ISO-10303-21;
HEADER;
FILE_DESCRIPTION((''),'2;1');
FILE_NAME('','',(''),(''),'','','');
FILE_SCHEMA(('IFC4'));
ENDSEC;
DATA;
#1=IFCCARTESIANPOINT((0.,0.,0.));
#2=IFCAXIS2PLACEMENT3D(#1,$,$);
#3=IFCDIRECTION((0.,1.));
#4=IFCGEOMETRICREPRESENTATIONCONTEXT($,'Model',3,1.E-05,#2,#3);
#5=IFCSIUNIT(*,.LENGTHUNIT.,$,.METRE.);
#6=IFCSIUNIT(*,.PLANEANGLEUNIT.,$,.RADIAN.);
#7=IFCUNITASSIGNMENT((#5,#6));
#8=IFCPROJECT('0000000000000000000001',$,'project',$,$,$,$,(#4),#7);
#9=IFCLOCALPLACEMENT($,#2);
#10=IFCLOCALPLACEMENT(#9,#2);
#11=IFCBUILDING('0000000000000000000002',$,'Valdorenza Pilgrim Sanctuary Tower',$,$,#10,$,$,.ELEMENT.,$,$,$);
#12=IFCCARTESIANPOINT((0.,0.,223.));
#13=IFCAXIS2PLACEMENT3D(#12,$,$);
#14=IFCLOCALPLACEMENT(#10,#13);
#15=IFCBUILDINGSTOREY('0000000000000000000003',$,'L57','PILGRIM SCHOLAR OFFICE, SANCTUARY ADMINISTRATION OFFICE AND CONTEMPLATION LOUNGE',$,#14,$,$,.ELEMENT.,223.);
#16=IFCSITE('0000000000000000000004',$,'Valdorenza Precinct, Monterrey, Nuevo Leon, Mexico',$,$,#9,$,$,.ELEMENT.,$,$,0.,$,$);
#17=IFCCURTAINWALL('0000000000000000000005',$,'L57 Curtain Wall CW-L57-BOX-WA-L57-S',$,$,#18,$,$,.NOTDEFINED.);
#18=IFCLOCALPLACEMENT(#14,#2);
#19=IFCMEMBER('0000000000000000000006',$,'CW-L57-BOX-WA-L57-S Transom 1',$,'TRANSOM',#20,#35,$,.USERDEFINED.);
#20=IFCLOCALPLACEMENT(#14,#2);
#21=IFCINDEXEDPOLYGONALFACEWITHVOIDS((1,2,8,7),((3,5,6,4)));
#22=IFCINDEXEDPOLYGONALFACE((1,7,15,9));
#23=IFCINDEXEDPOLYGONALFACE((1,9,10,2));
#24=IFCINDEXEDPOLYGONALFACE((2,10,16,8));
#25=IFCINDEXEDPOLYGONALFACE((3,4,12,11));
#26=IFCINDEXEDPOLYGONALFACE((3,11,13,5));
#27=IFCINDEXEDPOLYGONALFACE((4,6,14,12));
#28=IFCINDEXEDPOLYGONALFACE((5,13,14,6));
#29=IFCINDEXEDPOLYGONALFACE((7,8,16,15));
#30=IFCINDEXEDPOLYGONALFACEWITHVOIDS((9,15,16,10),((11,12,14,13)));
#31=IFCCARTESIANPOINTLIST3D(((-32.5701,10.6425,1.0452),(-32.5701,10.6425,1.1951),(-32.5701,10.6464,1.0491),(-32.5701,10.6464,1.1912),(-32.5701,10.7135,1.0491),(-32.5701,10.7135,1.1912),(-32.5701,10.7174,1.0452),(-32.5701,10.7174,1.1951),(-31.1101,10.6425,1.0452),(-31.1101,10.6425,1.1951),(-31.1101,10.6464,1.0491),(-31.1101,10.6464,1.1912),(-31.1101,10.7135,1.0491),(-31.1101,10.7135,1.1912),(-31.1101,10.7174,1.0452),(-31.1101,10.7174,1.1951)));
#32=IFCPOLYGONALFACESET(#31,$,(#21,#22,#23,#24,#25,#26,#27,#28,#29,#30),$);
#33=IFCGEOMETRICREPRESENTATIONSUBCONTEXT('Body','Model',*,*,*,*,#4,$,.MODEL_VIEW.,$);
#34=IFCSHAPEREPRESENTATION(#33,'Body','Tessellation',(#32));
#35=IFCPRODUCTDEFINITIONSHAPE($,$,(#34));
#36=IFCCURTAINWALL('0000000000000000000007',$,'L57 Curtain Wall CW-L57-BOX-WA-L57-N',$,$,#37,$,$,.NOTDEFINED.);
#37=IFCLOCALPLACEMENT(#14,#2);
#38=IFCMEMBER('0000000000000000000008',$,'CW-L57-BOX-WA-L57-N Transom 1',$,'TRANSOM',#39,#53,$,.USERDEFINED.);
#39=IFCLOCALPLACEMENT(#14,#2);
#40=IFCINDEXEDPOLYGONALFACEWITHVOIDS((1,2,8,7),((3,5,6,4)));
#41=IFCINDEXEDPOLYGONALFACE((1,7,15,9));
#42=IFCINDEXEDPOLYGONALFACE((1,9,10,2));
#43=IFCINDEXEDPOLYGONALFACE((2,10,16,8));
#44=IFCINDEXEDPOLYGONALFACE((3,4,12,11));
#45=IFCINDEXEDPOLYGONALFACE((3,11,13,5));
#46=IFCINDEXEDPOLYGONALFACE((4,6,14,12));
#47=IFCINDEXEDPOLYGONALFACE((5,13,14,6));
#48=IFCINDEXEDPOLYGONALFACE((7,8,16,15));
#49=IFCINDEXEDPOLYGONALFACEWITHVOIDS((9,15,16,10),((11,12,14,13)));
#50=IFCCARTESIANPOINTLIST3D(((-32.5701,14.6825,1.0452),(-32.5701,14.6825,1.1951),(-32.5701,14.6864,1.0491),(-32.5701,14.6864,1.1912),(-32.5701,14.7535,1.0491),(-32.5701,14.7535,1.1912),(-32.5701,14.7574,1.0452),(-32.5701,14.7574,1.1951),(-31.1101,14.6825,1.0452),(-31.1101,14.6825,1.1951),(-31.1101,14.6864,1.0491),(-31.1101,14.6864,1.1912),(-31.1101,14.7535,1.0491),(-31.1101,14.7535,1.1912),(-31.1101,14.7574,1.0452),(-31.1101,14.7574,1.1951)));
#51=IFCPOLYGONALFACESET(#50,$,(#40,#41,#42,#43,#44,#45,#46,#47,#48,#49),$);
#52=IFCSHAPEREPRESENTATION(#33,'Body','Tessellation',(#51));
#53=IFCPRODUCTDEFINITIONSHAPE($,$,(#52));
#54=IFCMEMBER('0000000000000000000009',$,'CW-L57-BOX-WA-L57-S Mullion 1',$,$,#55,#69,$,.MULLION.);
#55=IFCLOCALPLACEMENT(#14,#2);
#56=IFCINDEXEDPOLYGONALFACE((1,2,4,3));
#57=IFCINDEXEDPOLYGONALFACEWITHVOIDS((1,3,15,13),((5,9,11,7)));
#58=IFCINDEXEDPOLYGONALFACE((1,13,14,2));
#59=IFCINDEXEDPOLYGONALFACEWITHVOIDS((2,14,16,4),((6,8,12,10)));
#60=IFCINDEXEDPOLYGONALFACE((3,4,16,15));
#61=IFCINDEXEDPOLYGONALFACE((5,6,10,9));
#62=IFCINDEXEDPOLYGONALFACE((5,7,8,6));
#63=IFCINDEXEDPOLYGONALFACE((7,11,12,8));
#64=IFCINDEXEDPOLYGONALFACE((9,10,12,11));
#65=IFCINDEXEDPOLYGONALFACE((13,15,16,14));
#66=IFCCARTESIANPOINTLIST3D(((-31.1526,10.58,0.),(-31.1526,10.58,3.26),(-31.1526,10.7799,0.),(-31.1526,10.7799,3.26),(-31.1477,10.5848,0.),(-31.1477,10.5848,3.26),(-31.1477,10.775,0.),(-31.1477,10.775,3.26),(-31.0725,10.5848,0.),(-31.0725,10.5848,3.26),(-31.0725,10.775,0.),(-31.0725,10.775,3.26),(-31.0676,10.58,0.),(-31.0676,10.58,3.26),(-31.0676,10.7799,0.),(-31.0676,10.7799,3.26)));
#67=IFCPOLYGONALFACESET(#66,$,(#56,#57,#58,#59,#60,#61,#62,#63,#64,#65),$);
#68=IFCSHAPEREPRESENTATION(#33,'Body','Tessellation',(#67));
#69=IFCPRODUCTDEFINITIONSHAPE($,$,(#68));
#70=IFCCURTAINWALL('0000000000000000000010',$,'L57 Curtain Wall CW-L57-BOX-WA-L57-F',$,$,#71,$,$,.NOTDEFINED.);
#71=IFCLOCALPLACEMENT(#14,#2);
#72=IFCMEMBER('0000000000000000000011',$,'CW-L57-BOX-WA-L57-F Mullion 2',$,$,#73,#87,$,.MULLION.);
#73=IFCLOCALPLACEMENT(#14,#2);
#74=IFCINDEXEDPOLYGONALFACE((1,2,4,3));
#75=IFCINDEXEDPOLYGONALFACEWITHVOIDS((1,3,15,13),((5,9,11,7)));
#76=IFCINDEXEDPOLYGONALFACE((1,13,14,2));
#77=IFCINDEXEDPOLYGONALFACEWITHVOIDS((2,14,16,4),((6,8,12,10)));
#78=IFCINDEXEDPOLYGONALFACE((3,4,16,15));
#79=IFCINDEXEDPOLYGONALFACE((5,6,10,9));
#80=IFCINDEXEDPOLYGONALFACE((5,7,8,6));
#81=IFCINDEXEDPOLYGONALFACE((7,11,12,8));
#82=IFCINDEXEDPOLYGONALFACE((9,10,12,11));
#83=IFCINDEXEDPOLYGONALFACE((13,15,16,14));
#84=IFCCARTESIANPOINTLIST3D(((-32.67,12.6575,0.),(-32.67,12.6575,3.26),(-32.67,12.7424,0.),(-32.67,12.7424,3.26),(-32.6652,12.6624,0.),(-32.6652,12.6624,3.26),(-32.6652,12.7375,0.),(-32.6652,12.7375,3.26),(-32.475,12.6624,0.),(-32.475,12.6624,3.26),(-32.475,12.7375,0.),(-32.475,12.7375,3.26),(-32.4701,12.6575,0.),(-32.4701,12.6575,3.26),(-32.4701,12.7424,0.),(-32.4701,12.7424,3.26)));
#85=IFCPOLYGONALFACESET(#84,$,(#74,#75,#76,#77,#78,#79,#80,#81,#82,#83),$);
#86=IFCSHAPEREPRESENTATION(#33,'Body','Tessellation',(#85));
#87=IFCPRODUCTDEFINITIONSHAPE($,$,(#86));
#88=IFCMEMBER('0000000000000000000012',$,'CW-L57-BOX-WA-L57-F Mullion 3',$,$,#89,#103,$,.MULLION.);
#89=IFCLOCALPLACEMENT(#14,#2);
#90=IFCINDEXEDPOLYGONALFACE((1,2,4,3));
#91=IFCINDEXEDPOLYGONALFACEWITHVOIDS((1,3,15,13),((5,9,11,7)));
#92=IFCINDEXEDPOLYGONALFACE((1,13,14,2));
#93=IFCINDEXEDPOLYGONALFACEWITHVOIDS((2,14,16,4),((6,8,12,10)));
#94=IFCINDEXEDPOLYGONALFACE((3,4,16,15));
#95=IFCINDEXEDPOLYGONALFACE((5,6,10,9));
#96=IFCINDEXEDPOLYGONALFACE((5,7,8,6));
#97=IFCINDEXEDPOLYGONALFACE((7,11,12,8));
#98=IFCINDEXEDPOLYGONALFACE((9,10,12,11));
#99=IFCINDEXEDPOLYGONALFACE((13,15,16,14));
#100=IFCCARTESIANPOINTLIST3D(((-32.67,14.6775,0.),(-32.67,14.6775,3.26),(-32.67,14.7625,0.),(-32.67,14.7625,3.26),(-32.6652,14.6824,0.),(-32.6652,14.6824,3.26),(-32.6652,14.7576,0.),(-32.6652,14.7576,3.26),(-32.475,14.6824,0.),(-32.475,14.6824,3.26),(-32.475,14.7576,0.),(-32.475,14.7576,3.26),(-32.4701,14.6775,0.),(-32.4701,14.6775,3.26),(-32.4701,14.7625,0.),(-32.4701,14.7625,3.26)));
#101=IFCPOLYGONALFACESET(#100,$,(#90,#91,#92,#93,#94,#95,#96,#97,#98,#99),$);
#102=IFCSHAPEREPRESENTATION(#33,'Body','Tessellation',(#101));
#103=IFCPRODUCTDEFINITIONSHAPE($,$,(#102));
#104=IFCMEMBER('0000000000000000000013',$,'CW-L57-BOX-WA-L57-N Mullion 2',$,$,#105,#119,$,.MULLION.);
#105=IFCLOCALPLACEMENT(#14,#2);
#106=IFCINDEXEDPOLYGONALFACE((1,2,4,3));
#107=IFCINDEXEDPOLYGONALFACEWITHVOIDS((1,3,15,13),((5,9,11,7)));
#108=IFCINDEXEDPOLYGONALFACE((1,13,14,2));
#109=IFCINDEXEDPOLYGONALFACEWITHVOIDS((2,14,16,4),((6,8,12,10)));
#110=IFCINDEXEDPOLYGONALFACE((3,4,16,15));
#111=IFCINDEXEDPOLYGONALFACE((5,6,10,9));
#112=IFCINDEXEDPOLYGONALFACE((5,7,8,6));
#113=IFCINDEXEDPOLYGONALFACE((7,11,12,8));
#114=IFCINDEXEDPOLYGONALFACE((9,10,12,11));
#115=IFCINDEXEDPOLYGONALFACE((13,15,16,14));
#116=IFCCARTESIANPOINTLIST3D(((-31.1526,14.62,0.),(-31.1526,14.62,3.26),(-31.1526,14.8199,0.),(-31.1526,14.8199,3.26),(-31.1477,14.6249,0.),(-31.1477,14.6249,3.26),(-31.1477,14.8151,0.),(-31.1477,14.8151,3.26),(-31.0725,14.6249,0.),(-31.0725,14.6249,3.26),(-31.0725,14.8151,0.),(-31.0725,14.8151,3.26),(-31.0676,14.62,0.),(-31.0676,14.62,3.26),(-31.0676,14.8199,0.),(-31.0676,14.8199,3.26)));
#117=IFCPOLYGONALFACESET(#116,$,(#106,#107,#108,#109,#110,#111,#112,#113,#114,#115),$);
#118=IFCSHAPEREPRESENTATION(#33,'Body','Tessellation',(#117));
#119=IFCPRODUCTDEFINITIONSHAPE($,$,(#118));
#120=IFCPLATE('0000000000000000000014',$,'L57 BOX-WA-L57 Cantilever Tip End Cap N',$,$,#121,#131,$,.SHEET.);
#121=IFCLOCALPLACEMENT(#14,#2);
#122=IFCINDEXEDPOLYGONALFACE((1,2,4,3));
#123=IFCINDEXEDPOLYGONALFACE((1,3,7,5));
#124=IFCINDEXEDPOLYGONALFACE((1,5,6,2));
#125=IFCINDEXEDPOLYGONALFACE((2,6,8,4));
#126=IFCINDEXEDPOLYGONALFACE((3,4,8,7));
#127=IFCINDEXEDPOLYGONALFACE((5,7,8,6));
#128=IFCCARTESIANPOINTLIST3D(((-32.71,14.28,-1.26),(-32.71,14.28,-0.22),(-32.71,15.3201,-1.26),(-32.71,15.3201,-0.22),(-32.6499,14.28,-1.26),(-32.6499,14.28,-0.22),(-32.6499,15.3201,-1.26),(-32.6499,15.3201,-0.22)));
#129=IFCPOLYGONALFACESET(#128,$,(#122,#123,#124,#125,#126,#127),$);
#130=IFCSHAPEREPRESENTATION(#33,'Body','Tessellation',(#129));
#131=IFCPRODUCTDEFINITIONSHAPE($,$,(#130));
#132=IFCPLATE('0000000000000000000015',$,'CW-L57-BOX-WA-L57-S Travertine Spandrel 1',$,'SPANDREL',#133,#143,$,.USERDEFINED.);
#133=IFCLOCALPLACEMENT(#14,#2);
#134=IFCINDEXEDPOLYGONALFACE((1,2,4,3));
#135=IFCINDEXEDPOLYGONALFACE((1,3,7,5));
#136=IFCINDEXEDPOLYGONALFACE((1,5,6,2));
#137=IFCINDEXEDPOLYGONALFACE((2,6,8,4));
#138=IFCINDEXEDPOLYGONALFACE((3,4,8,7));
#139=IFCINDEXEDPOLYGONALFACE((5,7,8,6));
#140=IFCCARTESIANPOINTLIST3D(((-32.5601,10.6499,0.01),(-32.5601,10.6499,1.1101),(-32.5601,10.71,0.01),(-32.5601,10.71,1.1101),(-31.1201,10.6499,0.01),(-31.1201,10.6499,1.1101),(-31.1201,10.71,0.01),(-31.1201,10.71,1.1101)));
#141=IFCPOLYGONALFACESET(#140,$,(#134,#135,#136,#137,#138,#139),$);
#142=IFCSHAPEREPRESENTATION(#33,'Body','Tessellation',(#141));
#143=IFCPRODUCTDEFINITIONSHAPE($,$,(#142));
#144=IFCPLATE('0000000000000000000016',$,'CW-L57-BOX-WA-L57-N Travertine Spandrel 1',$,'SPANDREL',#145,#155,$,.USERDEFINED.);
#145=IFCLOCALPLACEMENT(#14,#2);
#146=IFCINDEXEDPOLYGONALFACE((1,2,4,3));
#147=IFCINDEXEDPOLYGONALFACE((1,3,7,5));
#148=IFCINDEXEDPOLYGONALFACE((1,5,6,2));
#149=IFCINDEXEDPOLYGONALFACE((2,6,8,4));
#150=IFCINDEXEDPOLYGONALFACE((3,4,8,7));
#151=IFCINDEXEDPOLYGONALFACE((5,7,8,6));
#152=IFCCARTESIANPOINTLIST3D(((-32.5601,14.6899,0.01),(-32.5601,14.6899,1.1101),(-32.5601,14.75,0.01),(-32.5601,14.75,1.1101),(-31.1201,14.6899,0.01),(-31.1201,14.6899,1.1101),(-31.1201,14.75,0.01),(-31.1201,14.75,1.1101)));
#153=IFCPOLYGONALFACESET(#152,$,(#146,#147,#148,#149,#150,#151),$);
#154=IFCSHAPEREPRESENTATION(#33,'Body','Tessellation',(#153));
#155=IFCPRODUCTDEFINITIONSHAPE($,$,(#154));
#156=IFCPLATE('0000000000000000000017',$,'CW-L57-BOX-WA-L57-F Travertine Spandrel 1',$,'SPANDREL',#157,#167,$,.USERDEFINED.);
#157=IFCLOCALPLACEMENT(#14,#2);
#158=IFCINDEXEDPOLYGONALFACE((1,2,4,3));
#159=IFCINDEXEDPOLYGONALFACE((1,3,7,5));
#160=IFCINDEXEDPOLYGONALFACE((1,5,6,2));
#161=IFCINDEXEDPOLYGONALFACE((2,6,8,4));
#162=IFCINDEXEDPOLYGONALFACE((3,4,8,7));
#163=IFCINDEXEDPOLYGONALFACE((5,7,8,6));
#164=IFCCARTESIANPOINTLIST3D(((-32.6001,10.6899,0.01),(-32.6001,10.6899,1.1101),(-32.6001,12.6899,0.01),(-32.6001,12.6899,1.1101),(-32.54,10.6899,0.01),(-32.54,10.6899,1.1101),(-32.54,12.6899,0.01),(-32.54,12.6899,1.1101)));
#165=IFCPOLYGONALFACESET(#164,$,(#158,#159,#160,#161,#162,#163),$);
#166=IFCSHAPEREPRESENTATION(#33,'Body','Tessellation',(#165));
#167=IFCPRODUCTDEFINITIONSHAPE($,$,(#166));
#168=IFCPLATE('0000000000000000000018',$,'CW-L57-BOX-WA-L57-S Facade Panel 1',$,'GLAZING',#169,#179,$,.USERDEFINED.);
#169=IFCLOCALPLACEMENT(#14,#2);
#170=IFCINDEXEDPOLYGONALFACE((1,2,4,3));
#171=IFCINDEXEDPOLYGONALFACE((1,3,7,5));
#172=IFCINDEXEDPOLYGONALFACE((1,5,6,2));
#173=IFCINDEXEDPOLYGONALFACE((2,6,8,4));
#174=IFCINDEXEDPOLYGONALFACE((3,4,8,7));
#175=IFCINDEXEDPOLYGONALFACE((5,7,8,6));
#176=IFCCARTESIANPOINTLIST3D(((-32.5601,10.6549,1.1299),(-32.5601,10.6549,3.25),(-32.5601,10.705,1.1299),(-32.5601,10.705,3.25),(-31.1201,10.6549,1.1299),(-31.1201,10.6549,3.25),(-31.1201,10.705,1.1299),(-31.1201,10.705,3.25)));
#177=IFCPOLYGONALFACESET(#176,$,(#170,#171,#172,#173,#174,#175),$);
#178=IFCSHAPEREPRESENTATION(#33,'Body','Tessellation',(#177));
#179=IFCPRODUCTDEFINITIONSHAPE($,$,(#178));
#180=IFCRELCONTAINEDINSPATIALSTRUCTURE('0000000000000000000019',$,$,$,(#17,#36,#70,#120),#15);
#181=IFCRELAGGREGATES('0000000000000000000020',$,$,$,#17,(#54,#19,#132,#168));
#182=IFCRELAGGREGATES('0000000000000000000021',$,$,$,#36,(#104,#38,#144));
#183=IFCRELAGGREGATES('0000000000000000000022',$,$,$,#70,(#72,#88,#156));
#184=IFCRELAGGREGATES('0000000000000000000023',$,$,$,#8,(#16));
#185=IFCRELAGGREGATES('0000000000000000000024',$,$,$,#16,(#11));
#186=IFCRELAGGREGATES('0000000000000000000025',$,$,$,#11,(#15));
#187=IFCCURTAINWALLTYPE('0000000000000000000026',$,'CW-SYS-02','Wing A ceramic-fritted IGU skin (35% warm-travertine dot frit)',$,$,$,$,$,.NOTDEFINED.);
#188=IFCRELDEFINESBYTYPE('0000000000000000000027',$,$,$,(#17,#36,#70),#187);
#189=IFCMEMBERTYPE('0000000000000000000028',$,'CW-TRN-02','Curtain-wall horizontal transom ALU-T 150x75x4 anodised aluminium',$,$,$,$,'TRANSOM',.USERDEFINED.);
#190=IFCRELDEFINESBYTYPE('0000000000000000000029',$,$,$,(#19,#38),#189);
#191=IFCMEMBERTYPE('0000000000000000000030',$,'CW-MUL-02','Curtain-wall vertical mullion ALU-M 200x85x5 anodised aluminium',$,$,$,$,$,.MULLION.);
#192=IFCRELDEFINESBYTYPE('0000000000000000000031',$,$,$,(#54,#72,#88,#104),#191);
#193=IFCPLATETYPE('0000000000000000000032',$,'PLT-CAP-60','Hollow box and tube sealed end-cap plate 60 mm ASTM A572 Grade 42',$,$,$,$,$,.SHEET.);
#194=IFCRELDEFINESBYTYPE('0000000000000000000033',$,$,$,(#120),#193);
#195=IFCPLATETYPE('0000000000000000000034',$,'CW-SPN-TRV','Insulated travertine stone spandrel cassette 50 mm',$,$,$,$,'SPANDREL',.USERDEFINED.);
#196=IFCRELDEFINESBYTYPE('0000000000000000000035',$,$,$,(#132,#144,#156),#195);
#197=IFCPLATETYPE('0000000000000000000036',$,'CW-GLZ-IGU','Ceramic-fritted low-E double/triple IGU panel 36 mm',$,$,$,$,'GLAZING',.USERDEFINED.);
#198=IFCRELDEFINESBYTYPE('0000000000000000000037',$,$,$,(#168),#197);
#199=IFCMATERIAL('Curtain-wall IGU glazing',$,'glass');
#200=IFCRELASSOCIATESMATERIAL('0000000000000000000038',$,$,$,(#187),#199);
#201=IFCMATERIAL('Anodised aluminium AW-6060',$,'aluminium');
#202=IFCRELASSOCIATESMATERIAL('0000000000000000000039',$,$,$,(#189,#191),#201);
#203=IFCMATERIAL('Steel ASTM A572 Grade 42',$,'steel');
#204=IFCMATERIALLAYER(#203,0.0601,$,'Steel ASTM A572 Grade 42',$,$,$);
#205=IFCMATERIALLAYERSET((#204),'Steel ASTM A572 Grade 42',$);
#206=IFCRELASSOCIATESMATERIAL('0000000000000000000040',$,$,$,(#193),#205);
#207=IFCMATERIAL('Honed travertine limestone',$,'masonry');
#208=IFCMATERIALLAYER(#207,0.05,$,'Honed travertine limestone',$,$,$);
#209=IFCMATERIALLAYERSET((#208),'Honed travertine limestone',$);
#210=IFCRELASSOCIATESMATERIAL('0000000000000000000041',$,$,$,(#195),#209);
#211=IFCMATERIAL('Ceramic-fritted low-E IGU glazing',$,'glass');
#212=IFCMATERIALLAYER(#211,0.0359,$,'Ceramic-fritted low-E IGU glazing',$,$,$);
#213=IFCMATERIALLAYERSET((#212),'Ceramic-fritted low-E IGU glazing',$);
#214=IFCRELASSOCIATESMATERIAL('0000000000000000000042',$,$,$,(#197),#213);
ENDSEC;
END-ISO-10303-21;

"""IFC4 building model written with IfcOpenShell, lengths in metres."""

from ifc_helpers import new_model, si_unit, direction, frame, origin, origin_2d, place, context, subcontext, project, spatial, rectangle, hollow_rectangle, extrude, source, transform, mapped, material, layer, layer_set, material_profile, profile_set, type_object, element, aggregate, save


model = new_model("IFC4")

# Units and contexts
model_context = context("Model", 3, precision=1e-05, world=origin(), true_north=direction((0.0, 1.0)))
body_context = subcontext(model_context, "Body", "Model", "MODEL_VIEW")
ifc_project = project(units=[si_unit("LENGTHUNIT", "METRE"), si_unit("PLANEANGLEUNIT", "RADIAN")], contexts=[model_context])

# Site, building, storey
site_placement = place(None, origin())
site = spatial("IfcSite", under=ifc_project, at=site_placement, Name="Valdorenza Precinct, Monterrey, Nuevo Leon, Mexico", CompositionType="ELEMENT", RefElevation=0.0)
building_placement = place(site_placement, origin())
building = spatial("IfcBuilding", under=site, at=building_placement, Name="Valdorenza Pilgrim Sanctuary Tower", CompositionType="ELEMENT")
storey_placement = place(building_placement, frame((0.0, 0.0, 223.0)))
storey = spatial("IfcBuildingStorey", under=building, at=storey_placement, Name="L57", Description="PILGRIM SCHOLAR OFFICE, SANCTUARY ADMINISTRATION OFFICE AND CONTEMPLATION LOUNGE", CompositionType="ELEMENT", Elevation=223.0)

# Curtain walls, members
ifc_material_1 = material(Name="Curtain-wall IGU glazing", Category="glass")
curtain_wall_type = type_object("IfcCurtainWallType", Name="CW-SYS-02", Description="Wing A ceramic-fritted IGU skin (35% warm-travertine dot frit)", PredefinedType="NOTDEFINED", material=ifc_material_1)
curtain_wall_1_placement = place(storey_placement, origin())
curtain_wall_1 = element("IfcCurtainWall", 1, at=curtain_wall_1_placement, inside=storey, type_object=curtain_wall_type, Name="L57 Curtain Wall CW-L57-BOX-WA-L57-S", PredefinedType="NOTDEFINED")
ifc_material_2 = material(Name="Anodised aluminium AW-6060", Category="aluminium")
ifc_material_profile_1 = material_profile(ifc_material_2, hollow_rectangle(XDim=0.075, YDim=0.1499, WallThickness=0.0039, at=origin_2d()), Name="ALU-T 150x75x4")
ifc_profile_set_1 = profile_set([ifc_material_profile_1], Name="Anodised aluminium AW-6060")
member_type_1 = type_object("IfcMemberType", Name="CW-TRN-02", Description="Curtain-wall horizontal transom ALU-T 150x75x4 anodised aluminium", ElementType="TRANSOM", PredefinedType="USERDEFINED", material=ifc_profile_set_1)
shared_shape_1 = source(origin(), body_context, "Body", "SweptSolid", [
    extrude(hollow_rectangle(XDim=0.075, YDim=0.1499, WallThickness=0.0039, at=origin_2d()), origin(), (0.0, 0.0, 1.0), 1.46),
])
member_1_placement = place(storey_placement, frame((-31.1101, 10.6799, 1.1201), z_axis=(-1.0, 0.0, 0.0), x_axis=(0.0, -1.0, 0.0)))
member_1 = element("IfcMember", 2, at=member_1_placement, type_object=member_type_1, Name="CW-L57-BOX-WA-L57-S Transom 1", ObjectType="TRANSOM", PredefinedType="USERDEFINED", context=body_context, shape_type="MappedRepresentation", body=[
    mapped(shared_shape_1, transform((0.0, 0.0, 0.0), x_axis=(1.0, 0.0, 0.0), y_axis=(0.0, 1.0, 0.0), z_axis=(0.0, 0.0, 1.0), scale=1.0)),
])
curtain_wall_2_placement = place(storey_placement, origin())
curtain_wall_2 = element("IfcCurtainWall", 3, at=curtain_wall_2_placement, inside=storey, type_object=curtain_wall_type, Name="L57 Curtain Wall CW-L57-BOX-WA-L57-N", PredefinedType="NOTDEFINED")
member_2_placement = place(storey_placement, frame((-32.5701, 14.72, 1.1201), z_axis=(1.0, 0.0, 0.0), x_axis=(0.0, 1.0, 0.0)))
member_2 = element("IfcMember", 4, at=member_2_placement, type_object=member_type_1, Name="CW-L57-BOX-WA-L57-N Transom 1", ObjectType="TRANSOM", PredefinedType="USERDEFINED", context=body_context, shape_type="MappedRepresentation", body=[
    mapped(shared_shape_1, transform((0.0, 0.0, 0.0), x_axis=(1.0, 0.0, 0.0), y_axis=(0.0, 1.0, 0.0), z_axis=(0.0, 0.0, 1.0), scale=1.0)),
])

# Member
ifc_material_profile_2 = material_profile(ifc_material_2, hollow_rectangle(XDim=0.085, YDim=0.2, WallThickness=0.0049, at=origin_2d()), Name="ALU-M 200x85x5")
ifc_profile_set_2 = profile_set([ifc_material_profile_2], Name="Anodised aluminium AW-6060")
member_type_2 = type_object("IfcMemberType", Name="CW-MUL-02", Description="Curtain-wall vertical mullion ALU-M 200x85x5 anodised aluminium", PredefinedType="MULLION", material=ifc_profile_set_2)
shared_shape_2 = source(origin(), body_context, "Body", "SweptSolid", [
    extrude(hollow_rectangle(XDim=0.085, YDim=0.2, WallThickness=0.0049, at=origin_2d()), origin(), (0.0, 0.0, 1.0), 3.26),
])
member_3_placement = place(storey_placement, frame((-31.1101, 10.6799, 0.0), z_axis=(0.0, 0.0, 1.0), x_axis=(-1.0, 0.0, 0.0)))
member_3 = element("IfcMember", 5, at=member_3_placement, type_object=member_type_2, Name="CW-L57-BOX-WA-L57-S Mullion 1", PredefinedType="MULLION", context=body_context, shape_type="MappedRepresentation", body=[
    mapped(shared_shape_2, transform((0.0, 0.0, 0.0), x_axis=(1.0, 0.0, 0.0), y_axis=(0.0, 1.0, 0.0), z_axis=(0.0, 0.0, 1.0), scale=1.0)),
])

# Curtain wall, members
curtain_wall_3_placement = place(storey_placement, origin())
curtain_wall_3 = element("IfcCurtainWall", 6, at=curtain_wall_3_placement, inside=storey, type_object=curtain_wall_type, Name="L57 Curtain Wall CW-L57-BOX-WA-L57-F", PredefinedType="NOTDEFINED")
member_4_placement = place(storey_placement, frame((-32.5701, 12.7, 0.0), z_axis=(0.0, 0.0, 1.0), x_axis=(0.0, 1.0, 0.0)))
member_4 = element("IfcMember", 7, at=member_4_placement, type_object=member_type_2, Name="CW-L57-BOX-WA-L57-F Mullion 2", PredefinedType="MULLION", context=body_context, shape_type="MappedRepresentation", body=[
    mapped(shared_shape_2, transform((0.0, 0.0, 0.0), x_axis=(1.0, 0.0, 0.0), y_axis=(0.0, 1.0, 0.0), z_axis=(0.0, 0.0, 1.0), scale=1.0)),
])
member_5_placement = place(storey_placement, frame((-32.5701, 14.72, 0.0), z_axis=(0.0, 0.0, 1.0), x_axis=(0.0, 1.0, 0.0)))
member_5 = element("IfcMember", 8, at=member_5_placement, type_object=member_type_2, Name="CW-L57-BOX-WA-L57-F Mullion 3", PredefinedType="MULLION", context=body_context, shape_type="MappedRepresentation", body=[
    mapped(shared_shape_2, transform((0.0, 0.0, 0.0), x_axis=(1.0, 0.0, 0.0), y_axis=(0.0, 1.0, 0.0), z_axis=(0.0, 0.0, 1.0), scale=1.0)),
])

# Member
member_6_placement = place(storey_placement, frame((-31.1101, 14.72, 0.0), z_axis=(0.0, 0.0, 1.0), x_axis=(1.0, 0.0, 0.0)))
member_6 = element("IfcMember", 9, at=member_6_placement, type_object=member_type_2, Name="CW-L57-BOX-WA-L57-N Mullion 2", PredefinedType="MULLION", context=body_context, shape_type="MappedRepresentation", body=[
    mapped(shared_shape_2, transform((0.0, 0.0, 0.0), x_axis=(1.0, 0.0, 0.0), y_axis=(0.0, 1.0, 0.0), z_axis=(0.0, 0.0, 1.0), scale=1.0)),
])

# Plates
ifc_material_3 = material(Name="Steel ASTM A572 Grade 42", Category="steel")
ifc_layer_1 = layer(ifc_material_3, 0.0601, Name="Steel ASTM A572 Grade 42")
ifc_layer_set_1 = layer_set([ifc_layer_1], Name="Steel ASTM A572 Grade 42")
plate_type_1 = type_object("IfcPlateType", Name="PLT-CAP-60", Description="Hollow box and tube sealed end-cap plate 60 mm ASTM A572 Grade 42", PredefinedType="SHEET", material=ifc_layer_set_1)
shared_shape_3 = source(origin(), body_context, "Body", "SweptSolid", [
    extrude(rectangle(XDim=0.0601, YDim=1.04, at=origin_2d()), origin(), (0.0, 0.0, 1.0), 1.04),
])
plate_1_placement = place(storey_placement, frame((-32.6799, 14.8, -1.26), z_axis=(0.0, 0.0, 1.0), x_axis=(1.0, 0.0, 0.0)))
element("IfcPlate", 10, at=plate_1_placement, inside=storey, type_object=plate_type_1, Name="L57 BOX-WA-L57 Cantilever Tip End Cap N", PredefinedType="SHEET", context=body_context, shape_type="MappedRepresentation", body=[
    mapped(shared_shape_3, transform((0.0, 0.0, 0.0), x_axis=(1.0, 0.0, 0.0), y_axis=(0.0, 1.0, 0.0), z_axis=(0.0, 0.0, 1.0), scale=1.0)),
])
ifc_material_4 = material(Name="Honed travertine limestone", Category="masonry")
ifc_layer_2 = layer(ifc_material_4, 0.05, Name="Honed travertine limestone")
ifc_layer_set_2 = layer_set([ifc_layer_2], Name="Honed travertine limestone")
plate_type_2 = type_object("IfcPlateType", Name="CW-SPN-TRV", Description="Insulated travertine stone spandrel cassette 50 mm", ElementType="SPANDREL", PredefinedType="USERDEFINED", material=ifc_layer_set_2)
shared_shape_4 = source(origin(), body_context, "Body", "SweptSolid", [
    extrude(rectangle(XDim=1.4399, YDim=0.0601, at=origin_2d()), origin(), (0.0, 0.0, 1.0), 1.1001),
])
plate_2_placement = place(storey_placement, frame((-31.8401, 10.6799, 0.01), z_axis=(0.0, 0.0, 1.0), x_axis=(-1.0, 0.0, 0.0)))
plate_2 = element("IfcPlate", 11, at=plate_2_placement, type_object=plate_type_2, Name="CW-L57-BOX-WA-L57-S Travertine Spandrel 1", ObjectType="SPANDREL", PredefinedType="USERDEFINED", context=body_context, shape_type="MappedRepresentation", body=[
    mapped(shared_shape_4, transform((0.0, 0.0, 0.0), x_axis=(1.0, 0.0, 0.0), y_axis=(0.0, 1.0, 0.0), z_axis=(0.0, 0.0, 1.0), scale=1.0)),
])
plate_3_placement = place(storey_placement, frame((-31.8401, 14.72, 0.01), z_axis=(0.0, 0.0, 1.0), x_axis=(1.0, 0.0, 0.0)))
plate_3 = element("IfcPlate", 12, at=plate_3_placement, type_object=plate_type_2, Name="CW-L57-BOX-WA-L57-N Travertine Spandrel 1", ObjectType="SPANDREL", PredefinedType="USERDEFINED", context=body_context, shape_type="MappedRepresentation", body=[
    mapped(shared_shape_4, transform((0.0, 0.0, 0.0), x_axis=(1.0, 0.0, 0.0), y_axis=(0.0, 1.0, 0.0), z_axis=(0.0, 0.0, 1.0), scale=1.0)),
])
shared_shape_5 = source(origin(), body_context, "Body", "SweptSolid", [
    extrude(rectangle(XDim=2.0, YDim=0.0601, at=origin_2d()), origin(), (0.0, 0.0, 1.0), 1.1001),
])
plate_4_placement = place(storey_placement, frame((-32.5701, 11.6899, 0.01), z_axis=(0.0, 0.0, 1.0), x_axis=(0.0, 1.0, 0.0)))
plate_4 = element("IfcPlate", 13, at=plate_4_placement, type_object=plate_type_2, Name="CW-L57-BOX-WA-L57-F Travertine Spandrel 1", ObjectType="SPANDREL", PredefinedType="USERDEFINED", context=body_context, shape_type="MappedRepresentation", body=[
    mapped(shared_shape_5, transform((0.0, 0.0, 0.0), x_axis=(1.0, 0.0, 0.0), y_axis=(0.0, 1.0, 0.0), z_axis=(0.0, 0.0, 1.0), scale=1.0)),
])
ifc_material_5 = material(Name="Ceramic-fritted low-E IGU glazing", Category="glass")
ifc_layer_3 = layer(ifc_material_5, 0.0359, Name="Ceramic-fritted low-E IGU glazing")
ifc_layer_set_3 = layer_set([ifc_layer_3], Name="Ceramic-fritted low-E IGU glazing")
plate_type_3 = type_object("IfcPlateType", Name="CW-GLZ-IGU", Description="Ceramic-fritted low-E double/triple IGU panel 36 mm", ElementType="GLAZING", PredefinedType="USERDEFINED", material=ifc_layer_set_3)
shared_shape_6 = source(origin(), body_context, "Body", "SweptSolid", [
    extrude(rectangle(XDim=1.4399, YDim=0.05, at=origin_2d()), origin(), (0.0, 0.0, 1.0), 2.1201),
])
plate_5_placement = place(storey_placement, frame((-31.8401, 10.6799, 1.1299), z_axis=(0.0, 0.0, 1.0), x_axis=(-1.0, 0.0, 0.0)))
plate_5 = element("IfcPlate", 14, at=plate_5_placement, type_object=plate_type_3, Name="CW-L57-BOX-WA-L57-S Facade Panel 1", ObjectType="GLAZING", PredefinedType="USERDEFINED", context=body_context, shape_type="MappedRepresentation", body=[
    mapped(shared_shape_6, transform((0.0, 0.0, 0.0), x_axis=(1.0, 0.0, 0.0), y_axis=(0.0, 1.0, 0.0), z_axis=(0.0, 0.0, 1.0), scale=1.0)),
])
aggregate(curtain_wall_1, [member_3, member_1, plate_2, plate_5])
aggregate(curtain_wall_2, [member_6, member_2, plate_3])
aggregate(curtain_wall_3, [member_4, member_5, plate_4])

save(model, "model.ifc")
